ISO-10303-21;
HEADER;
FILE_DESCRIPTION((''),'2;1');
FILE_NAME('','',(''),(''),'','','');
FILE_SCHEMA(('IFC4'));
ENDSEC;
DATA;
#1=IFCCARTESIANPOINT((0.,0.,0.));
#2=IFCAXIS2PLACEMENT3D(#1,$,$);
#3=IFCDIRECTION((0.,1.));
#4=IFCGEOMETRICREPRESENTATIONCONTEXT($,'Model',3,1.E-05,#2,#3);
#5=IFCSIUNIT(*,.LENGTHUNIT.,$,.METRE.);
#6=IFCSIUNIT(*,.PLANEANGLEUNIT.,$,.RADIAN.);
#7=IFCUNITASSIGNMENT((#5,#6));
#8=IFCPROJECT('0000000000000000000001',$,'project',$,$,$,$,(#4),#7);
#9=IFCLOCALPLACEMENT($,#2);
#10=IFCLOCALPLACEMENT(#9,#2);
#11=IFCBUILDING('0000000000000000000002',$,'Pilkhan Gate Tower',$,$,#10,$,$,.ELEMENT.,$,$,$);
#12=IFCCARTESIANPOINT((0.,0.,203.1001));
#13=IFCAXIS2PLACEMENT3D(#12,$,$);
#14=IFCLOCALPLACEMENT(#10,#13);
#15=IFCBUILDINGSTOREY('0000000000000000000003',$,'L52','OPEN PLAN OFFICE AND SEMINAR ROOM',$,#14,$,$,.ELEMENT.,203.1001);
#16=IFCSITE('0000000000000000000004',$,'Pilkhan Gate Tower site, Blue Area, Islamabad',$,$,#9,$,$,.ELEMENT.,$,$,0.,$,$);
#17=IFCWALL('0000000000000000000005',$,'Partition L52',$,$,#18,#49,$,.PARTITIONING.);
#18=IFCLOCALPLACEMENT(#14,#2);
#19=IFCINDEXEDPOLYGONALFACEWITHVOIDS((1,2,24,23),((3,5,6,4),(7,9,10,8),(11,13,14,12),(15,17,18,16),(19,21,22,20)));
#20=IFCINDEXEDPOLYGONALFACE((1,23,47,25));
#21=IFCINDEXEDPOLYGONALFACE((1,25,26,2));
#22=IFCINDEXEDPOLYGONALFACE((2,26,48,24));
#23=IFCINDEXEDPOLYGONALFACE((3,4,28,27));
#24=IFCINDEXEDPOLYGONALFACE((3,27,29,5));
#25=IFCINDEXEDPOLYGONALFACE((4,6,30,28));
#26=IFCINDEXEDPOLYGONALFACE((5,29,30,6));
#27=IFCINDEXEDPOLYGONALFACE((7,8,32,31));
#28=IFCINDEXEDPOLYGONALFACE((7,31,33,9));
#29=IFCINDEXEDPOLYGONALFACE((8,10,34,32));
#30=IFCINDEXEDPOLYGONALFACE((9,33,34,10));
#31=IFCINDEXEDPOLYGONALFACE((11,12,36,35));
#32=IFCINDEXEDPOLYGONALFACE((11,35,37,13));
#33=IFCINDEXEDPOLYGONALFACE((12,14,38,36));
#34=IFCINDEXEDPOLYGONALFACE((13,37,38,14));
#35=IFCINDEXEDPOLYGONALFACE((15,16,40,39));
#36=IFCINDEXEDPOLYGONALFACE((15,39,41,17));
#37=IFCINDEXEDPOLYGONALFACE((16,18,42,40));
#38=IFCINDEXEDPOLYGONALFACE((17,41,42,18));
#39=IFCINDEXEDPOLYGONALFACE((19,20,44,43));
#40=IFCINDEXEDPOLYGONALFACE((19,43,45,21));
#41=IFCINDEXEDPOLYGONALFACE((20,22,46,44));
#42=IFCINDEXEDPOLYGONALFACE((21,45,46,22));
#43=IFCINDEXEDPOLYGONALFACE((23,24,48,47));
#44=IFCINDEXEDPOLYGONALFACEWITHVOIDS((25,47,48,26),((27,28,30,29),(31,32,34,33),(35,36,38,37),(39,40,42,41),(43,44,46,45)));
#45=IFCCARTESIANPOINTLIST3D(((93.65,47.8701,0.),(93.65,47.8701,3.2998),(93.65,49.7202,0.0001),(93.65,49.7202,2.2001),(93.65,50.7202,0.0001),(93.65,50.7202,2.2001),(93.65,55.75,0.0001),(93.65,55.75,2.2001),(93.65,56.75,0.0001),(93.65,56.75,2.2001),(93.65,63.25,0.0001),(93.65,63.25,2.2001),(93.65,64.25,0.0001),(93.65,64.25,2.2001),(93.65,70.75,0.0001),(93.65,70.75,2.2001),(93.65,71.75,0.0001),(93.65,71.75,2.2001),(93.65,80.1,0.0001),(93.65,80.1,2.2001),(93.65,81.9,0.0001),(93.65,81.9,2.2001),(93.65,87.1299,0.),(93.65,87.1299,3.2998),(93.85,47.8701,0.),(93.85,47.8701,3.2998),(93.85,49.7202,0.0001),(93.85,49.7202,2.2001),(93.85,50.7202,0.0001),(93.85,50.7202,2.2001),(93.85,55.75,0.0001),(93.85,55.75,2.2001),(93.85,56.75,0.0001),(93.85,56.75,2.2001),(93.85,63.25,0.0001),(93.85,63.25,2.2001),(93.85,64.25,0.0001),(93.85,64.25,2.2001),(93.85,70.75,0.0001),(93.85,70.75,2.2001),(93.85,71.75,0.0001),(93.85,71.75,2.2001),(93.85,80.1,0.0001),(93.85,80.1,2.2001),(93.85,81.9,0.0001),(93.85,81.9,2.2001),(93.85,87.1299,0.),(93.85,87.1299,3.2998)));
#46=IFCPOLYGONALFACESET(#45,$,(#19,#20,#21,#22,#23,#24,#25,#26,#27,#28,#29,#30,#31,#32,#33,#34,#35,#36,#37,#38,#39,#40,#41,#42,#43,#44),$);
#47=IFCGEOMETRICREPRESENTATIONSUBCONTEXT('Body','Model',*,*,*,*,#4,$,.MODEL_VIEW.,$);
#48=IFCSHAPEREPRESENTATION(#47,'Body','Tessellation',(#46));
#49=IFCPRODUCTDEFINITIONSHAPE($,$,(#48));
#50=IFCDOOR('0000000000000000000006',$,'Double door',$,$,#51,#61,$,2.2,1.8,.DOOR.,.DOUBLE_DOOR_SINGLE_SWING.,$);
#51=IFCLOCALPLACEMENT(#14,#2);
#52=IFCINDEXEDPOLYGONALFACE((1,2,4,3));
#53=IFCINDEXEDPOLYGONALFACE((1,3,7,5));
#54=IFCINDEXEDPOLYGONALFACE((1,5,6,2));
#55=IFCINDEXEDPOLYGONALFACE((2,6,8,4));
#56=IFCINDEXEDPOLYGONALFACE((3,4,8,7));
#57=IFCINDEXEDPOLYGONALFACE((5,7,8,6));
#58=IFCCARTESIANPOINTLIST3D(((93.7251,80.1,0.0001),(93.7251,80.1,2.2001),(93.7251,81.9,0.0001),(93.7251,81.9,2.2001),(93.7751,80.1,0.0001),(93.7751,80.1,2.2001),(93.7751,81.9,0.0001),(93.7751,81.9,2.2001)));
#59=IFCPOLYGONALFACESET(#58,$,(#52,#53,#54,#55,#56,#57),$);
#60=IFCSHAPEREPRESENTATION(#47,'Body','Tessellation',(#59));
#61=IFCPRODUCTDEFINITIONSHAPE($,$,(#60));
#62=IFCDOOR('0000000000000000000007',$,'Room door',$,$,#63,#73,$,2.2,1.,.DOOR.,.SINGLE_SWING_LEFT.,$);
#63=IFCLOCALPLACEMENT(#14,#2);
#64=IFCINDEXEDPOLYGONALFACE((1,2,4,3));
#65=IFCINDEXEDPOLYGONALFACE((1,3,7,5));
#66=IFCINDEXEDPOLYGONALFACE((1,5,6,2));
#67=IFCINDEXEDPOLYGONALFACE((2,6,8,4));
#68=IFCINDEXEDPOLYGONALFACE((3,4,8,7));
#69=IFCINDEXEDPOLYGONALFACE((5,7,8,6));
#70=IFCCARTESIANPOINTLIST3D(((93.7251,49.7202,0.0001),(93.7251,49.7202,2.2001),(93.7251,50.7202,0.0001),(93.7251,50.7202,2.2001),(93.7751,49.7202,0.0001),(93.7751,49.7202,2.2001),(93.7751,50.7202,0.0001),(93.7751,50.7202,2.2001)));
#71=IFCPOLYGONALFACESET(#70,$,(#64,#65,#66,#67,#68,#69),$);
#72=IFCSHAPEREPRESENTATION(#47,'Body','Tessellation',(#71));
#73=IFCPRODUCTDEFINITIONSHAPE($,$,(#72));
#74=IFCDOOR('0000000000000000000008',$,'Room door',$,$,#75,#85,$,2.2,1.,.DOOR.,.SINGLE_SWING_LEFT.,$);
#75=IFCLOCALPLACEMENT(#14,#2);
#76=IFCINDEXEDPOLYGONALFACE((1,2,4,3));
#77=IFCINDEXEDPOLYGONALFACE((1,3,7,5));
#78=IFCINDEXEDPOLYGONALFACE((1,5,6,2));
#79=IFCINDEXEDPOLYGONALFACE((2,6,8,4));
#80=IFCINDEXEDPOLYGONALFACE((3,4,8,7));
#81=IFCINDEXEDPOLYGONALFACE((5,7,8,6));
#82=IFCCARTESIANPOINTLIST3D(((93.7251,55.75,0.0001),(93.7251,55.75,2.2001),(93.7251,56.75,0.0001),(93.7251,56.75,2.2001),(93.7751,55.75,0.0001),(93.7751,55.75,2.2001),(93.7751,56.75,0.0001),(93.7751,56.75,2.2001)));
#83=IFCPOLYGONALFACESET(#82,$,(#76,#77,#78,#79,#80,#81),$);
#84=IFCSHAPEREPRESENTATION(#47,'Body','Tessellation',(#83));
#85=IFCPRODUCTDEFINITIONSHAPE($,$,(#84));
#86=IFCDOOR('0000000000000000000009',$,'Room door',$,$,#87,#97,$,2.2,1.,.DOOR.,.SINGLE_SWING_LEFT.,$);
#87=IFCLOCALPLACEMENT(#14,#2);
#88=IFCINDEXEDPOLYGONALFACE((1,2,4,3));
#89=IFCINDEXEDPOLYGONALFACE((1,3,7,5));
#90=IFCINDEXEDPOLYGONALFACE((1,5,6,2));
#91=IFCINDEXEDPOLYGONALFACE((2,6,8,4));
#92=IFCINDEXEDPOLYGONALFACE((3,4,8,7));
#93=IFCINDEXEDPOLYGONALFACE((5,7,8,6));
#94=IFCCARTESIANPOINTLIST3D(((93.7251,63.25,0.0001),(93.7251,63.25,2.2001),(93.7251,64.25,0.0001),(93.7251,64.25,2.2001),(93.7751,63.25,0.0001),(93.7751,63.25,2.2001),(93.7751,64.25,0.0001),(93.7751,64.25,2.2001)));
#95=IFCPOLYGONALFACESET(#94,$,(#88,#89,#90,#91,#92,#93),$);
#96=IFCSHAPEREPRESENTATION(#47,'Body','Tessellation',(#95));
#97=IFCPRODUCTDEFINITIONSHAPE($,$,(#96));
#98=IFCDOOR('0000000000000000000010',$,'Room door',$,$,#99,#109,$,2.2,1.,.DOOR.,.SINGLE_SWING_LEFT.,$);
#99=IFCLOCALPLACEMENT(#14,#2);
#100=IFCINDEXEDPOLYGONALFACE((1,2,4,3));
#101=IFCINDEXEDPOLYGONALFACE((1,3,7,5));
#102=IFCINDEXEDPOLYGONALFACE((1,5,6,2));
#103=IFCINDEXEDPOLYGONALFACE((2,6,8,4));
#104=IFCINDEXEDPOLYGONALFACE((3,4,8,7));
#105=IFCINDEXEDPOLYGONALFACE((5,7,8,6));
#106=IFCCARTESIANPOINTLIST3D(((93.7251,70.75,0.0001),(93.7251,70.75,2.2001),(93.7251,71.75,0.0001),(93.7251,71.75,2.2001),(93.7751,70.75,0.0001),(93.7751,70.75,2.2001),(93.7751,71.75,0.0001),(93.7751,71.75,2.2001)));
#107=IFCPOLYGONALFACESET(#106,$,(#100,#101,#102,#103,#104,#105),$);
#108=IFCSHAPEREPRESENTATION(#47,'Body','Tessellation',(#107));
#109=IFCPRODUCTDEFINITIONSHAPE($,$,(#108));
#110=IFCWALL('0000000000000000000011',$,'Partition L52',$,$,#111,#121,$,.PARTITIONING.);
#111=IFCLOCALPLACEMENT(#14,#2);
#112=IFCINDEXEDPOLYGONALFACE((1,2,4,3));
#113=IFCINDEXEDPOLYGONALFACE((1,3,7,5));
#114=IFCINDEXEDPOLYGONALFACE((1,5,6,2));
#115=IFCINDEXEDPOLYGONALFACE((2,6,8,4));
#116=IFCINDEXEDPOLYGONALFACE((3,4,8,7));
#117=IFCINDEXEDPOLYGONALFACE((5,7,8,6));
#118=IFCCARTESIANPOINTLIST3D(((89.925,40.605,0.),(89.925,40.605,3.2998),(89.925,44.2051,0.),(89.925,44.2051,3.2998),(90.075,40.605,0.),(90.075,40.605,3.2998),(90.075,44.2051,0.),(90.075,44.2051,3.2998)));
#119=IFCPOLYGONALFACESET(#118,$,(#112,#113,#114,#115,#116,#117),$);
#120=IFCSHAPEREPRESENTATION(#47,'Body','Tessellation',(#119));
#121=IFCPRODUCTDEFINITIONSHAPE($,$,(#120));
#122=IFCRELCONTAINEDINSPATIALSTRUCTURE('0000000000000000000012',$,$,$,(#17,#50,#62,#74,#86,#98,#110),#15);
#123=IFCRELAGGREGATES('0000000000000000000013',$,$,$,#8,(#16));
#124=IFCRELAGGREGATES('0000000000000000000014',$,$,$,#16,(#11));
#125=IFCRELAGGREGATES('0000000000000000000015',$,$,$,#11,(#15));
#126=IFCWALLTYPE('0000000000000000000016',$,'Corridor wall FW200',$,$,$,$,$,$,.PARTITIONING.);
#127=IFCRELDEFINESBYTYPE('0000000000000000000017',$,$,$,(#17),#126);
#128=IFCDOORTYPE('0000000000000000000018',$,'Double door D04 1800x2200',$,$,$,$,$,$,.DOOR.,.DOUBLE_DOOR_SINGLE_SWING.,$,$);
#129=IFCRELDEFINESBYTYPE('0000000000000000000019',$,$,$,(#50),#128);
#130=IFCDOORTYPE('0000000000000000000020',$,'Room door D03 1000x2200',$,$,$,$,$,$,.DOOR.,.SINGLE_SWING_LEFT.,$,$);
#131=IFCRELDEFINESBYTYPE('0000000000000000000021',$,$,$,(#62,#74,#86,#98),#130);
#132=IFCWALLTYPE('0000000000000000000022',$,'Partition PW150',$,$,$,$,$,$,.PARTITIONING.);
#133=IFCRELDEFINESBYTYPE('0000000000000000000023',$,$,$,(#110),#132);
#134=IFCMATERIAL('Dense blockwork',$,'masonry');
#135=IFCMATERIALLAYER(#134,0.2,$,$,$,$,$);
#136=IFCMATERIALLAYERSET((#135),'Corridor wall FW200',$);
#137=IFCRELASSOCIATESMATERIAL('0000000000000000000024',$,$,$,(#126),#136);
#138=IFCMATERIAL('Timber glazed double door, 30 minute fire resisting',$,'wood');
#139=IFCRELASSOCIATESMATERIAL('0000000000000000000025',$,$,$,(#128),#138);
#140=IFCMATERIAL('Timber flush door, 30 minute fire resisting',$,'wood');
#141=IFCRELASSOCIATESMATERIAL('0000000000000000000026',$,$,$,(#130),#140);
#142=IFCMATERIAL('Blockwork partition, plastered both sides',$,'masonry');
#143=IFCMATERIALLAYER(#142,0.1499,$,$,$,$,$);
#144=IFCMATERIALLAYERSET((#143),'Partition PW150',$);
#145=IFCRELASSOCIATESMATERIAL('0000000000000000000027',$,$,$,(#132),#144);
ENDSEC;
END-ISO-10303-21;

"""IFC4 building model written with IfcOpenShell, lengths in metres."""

from ifc_helpers import new_model, si_unit, direction, frame, frame_2d, origin, place, context, subcontext, project, spatial, rectangle, extrude, material, layer, layer_set, type_object, element, fill, save


model = new_model("IFC4")

# Units and contexts
model_context = context("Model", 3, precision=1e-05, world=origin(), true_north=direction((0.0, 1.0)))
body_context = subcontext(model_context, "Body", "Model", "MODEL_VIEW")
ifc_project = project(units=[si_unit("LENGTHUNIT", "METRE"), si_unit("PLANEANGLEUNIT", "RADIAN")], contexts=[model_context])

# Site, building, storey
site_placement = place(None, origin())
site = spatial("IfcSite", under=ifc_project, at=site_placement, Name="Pilkhan Gate Tower site, Blue Area, Islamabad", CompositionType="ELEMENT", RefElevation=0.0)
building_placement = place(site_placement, origin())
building = spatial("IfcBuilding", under=site, at=building_placement, Name="Pilkhan Gate Tower", CompositionType="ELEMENT")
storey_placement = place(building_placement, frame((0.0, 0.0, 203.1001)))
storey = spatial("IfcBuildingStorey", under=building, at=storey_placement, Name="L52", Description="OPEN PLAN OFFICE AND SEMINAR ROOM", CompositionType="ELEMENT", Elevation=203.1001)

# Shared definitions
ifc_material_1 = material(Name="Dense blockwork", Category="masonry")
ifc_layer_1 = layer(ifc_material_1, 0.2)
ifc_layer_set_1 = layer_set([ifc_layer_1], Name="Corridor wall FW200")
wall_type_1 = type_object("IfcWallType", Name="Corridor wall FW200", PredefinedType="PARTITIONING", material=ifc_layer_set_1)

# Wall, openings, doors
wall_1_placement = place(storey_placement, frame((93.75, 47.8701, 0.0), z_axis=(0.0, 0.0, 1.0), x_axis=(0.0, 1.0, 0.0)))
wall_1 = element("IfcWall", 1, at=wall_1_placement, inside=storey, type_object=wall_type_1, Name="Partition L52", PredefinedType="PARTITIONING", context=body_context, shape_type="SweptSolid", body=[
    extrude(rectangle(XDim=39.2598, YDim=0.2, at=frame_2d((19.6299, 0.0))), origin(), (0.0, 0.0, 1.0), 3.2998),
])
opening_1_placement = place(wall_1_placement, frame((1.8501, 0.0, 0.0)))
opening_1 = element("IfcOpeningElement", 2, at=opening_1_placement, cuts=wall_1, PredefinedType="OPENING", context=body_context, shape_type="SweptSolid", body=[
    extrude(rectangle(XDim=1.0, YDim=2.2, at=frame_2d((0.5, 1.1001))), frame((0.0, 0.1099, 0.0), z_axis=(0.0, -1.0, 0.0), x_axis=(1.0, 0.0, 0.0)), (0.0, 0.0, 1.0), 0.22),
])
opening_2_placement = place(wall_1_placement, frame((7.8799, 0.0, 0.0)))
opening_2 = element("IfcOpeningElement", 3, at=opening_2_placement, cuts=wall_1, PredefinedType="OPENING", context=body_context, shape_type="SweptSolid", body=[
    extrude(rectangle(XDim=1.0, YDim=2.2, at=frame_2d((0.5, 1.1001))), frame((0.0, 0.1099, 0.0), z_axis=(0.0, -1.0, 0.0), x_axis=(1.0, 0.0, 0.0)), (0.0, 0.0, 1.0), 0.22),
])
opening_3_placement = place(wall_1_placement, frame((15.3799, 0.0, 0.0)))
opening_3 = element("IfcOpeningElement", 4, at=opening_3_placement, cuts=wall_1, PredefinedType="OPENING", context=body_context, shape_type="SweptSolid", body=[
    extrude(rectangle(XDim=1.0, YDim=2.2, at=frame_2d((0.5, 1.1001))), frame((0.0, 0.1099, 0.0), z_axis=(0.0, -1.0, 0.0), x_axis=(1.0, 0.0, 0.0)), (0.0, 0.0, 1.0), 0.22),
])
opening_4_placement = place(wall_1_placement, frame((22.8799, 0.0, 0.0)))
opening_4 = element("IfcOpeningElement", 5, at=opening_4_placement, cuts=wall_1, PredefinedType="OPENING", context=body_context, shape_type="SweptSolid", body=[
    extrude(rectangle(XDim=1.0, YDim=2.2, at=frame_2d((0.5, 1.1001))), frame((0.0, 0.1099, 0.0), z_axis=(0.0, -1.0, 0.0), x_axis=(1.0, 0.0, 0.0)), (0.0, 0.0, 1.0), 0.22),
])
opening_5_placement = place(wall_1_placement, frame((32.23, 0.0, 0.0)))
opening_5 = element("IfcOpeningElement", 6, at=opening_5_placement, cuts=wall_1, PredefinedType="OPENING", context=body_context, shape_type="SweptSolid", body=[
    extrude(rectangle(XDim=1.8, YDim=2.2, at=frame_2d((0.8999, 1.1001))), frame((0.0, 0.1099, 0.0), z_axis=(0.0, -1.0, 0.0), x_axis=(1.0, 0.0, 0.0)), (0.0, 0.0, 1.0), 0.22),
])
ifc_material_2 = material(Name="Timber glazed double door, 30 minute fire resisting", Category="wood")
door_type_1 = type_object("IfcDoorType", Name="Double door D04 1800x2200", OperationType="DOUBLE_DOOR_SINGLE_SWING", PredefinedType="DOOR", material=ifc_material_2)
door_1_placement = place(opening_5_placement, origin())
door_1 = element("IfcDoor", 7, at=door_1_placement, inside=storey, type_object=door_type_1, Name="Double door", OperationType="DOUBLE_DOOR_SINGLE_SWING", OverallHeight=2.2, OverallWidth=1.8, PredefinedType="DOOR", context=body_context, shape_type="SweptSolid", body=[
    extrude(rectangle(XDim=1.8, YDim=2.2, at=frame_2d((0.8999, 1.1001))), frame((0.0, 0.0249, 0.0), z_axis=(0.0, -1.0, 0.0), x_axis=(1.0, 0.0, 0.0)), (0.0, 0.0, 1.0), 0.05),
])
fill(opening_5, door_1)
ifc_material_3 = material(Name="Timber flush door, 30 minute fire resisting", Category="wood")
door_type_2 = type_object("IfcDoorType", Name="Room door D03 1000x2200", OperationType="SINGLE_SWING_LEFT", PredefinedType="DOOR", material=ifc_material_3)
door_2_placement = place(opening_1_placement, origin())
door_2 = element("IfcDoor", 8, at=door_2_placement, inside=storey, type_object=door_type_2, Name="Room door", OperationType="SINGLE_SWING_LEFT", OverallHeight=2.2, OverallWidth=1.0, PredefinedType="DOOR", context=body_context, shape_type="SweptSolid", body=[
    extrude(rectangle(XDim=1.0, YDim=2.2, at=frame_2d((0.5, 1.1001))), frame((0.0, 0.0249, 0.0), z_axis=(0.0, -1.0, 0.0), x_axis=(1.0, 0.0, 0.0)), (0.0, 0.0, 1.0), 0.05),
])
fill(opening_1, door_2)
door_3_placement = place(opening_2_placement, origin())
door_3 = element("IfcDoor", 9, at=door_3_placement, inside=storey, type_object=door_type_2, Name="Room door", OperationType="SINGLE_SWING_LEFT", OverallHeight=2.2, OverallWidth=1.0, PredefinedType="DOOR", context=body_context, shape_type="SweptSolid", body=[
    extrude(rectangle(XDim=1.0, YDim=2.2, at=frame_2d((0.5, 1.1001))), frame((0.0, 0.0249, 0.0), z_axis=(0.0, -1.0, 0.0), x_axis=(1.0, 0.0, 0.0)), (0.0, 0.0, 1.0), 0.05),
])
fill(opening_2, door_3)
door_4_placement = place(opening_3_placement, origin())
door_4 = element("IfcDoor", 10, at=door_4_placement, inside=storey, type_object=door_type_2, Name="Room door", OperationType="SINGLE_SWING_LEFT", OverallHeight=2.2, OverallWidth=1.0, PredefinedType="DOOR", context=body_context, shape_type="SweptSolid", body=[
    extrude(rectangle(XDim=1.0, YDim=2.2, at=frame_2d((0.5, 1.1001))), frame((0.0, 0.0249, 0.0), z_axis=(0.0, -1.0, 0.0), x_axis=(1.0, 0.0, 0.0)), (0.0, 0.0, 1.0), 0.05),
])
fill(opening_3, door_4)
door_5_placement = place(opening_4_placement, origin())
door_5 = element("IfcDoor", 11, at=door_5_placement, inside=storey, type_object=door_type_2, Name="Room door", OperationType="SINGLE_SWING_LEFT", OverallHeight=2.2, OverallWidth=1.0, PredefinedType="DOOR", context=body_context, shape_type="SweptSolid", body=[
    extrude(rectangle(XDim=1.0, YDim=2.2, at=frame_2d((0.5, 1.1001))), frame((0.0, 0.0249, 0.0), z_axis=(0.0, -1.0, 0.0), x_axis=(1.0, 0.0, 0.0)), (0.0, 0.0, 1.0), 0.05),
])
fill(opening_4, door_5)

# Wall
ifc_material_4 = material(Name="Blockwork partition, plastered both sides", Category="masonry")
ifc_layer_2 = layer(ifc_material_4, 0.1499)
ifc_layer_set_2 = layer_set([ifc_layer_2], Name="Partition PW150")
wall_type_2 = type_object("IfcWallType", Name="Partition PW150", PredefinedType="PARTITIONING", material=ifc_layer_set_2)
wall_2_placement = place(storey_placement, frame((90.0, 40.605, 0.0), z_axis=(0.0, 0.0, 1.0), x_axis=(0.0, 1.0, 0.0)))
element("IfcWall", 12, at=wall_2_placement, inside=storey, type_object=wall_type_2, Name="Partition L52", PredefinedType="PARTITIONING", context=body_context, shape_type="SweptSolid", body=[
    extrude(rectangle(XDim=3.6001, YDim=0.1499, at=frame_2d((1.8, 0.0))), origin(), (0.0, 0.0, 1.0), 3.2998),
])

save(model, "model.ifc")
